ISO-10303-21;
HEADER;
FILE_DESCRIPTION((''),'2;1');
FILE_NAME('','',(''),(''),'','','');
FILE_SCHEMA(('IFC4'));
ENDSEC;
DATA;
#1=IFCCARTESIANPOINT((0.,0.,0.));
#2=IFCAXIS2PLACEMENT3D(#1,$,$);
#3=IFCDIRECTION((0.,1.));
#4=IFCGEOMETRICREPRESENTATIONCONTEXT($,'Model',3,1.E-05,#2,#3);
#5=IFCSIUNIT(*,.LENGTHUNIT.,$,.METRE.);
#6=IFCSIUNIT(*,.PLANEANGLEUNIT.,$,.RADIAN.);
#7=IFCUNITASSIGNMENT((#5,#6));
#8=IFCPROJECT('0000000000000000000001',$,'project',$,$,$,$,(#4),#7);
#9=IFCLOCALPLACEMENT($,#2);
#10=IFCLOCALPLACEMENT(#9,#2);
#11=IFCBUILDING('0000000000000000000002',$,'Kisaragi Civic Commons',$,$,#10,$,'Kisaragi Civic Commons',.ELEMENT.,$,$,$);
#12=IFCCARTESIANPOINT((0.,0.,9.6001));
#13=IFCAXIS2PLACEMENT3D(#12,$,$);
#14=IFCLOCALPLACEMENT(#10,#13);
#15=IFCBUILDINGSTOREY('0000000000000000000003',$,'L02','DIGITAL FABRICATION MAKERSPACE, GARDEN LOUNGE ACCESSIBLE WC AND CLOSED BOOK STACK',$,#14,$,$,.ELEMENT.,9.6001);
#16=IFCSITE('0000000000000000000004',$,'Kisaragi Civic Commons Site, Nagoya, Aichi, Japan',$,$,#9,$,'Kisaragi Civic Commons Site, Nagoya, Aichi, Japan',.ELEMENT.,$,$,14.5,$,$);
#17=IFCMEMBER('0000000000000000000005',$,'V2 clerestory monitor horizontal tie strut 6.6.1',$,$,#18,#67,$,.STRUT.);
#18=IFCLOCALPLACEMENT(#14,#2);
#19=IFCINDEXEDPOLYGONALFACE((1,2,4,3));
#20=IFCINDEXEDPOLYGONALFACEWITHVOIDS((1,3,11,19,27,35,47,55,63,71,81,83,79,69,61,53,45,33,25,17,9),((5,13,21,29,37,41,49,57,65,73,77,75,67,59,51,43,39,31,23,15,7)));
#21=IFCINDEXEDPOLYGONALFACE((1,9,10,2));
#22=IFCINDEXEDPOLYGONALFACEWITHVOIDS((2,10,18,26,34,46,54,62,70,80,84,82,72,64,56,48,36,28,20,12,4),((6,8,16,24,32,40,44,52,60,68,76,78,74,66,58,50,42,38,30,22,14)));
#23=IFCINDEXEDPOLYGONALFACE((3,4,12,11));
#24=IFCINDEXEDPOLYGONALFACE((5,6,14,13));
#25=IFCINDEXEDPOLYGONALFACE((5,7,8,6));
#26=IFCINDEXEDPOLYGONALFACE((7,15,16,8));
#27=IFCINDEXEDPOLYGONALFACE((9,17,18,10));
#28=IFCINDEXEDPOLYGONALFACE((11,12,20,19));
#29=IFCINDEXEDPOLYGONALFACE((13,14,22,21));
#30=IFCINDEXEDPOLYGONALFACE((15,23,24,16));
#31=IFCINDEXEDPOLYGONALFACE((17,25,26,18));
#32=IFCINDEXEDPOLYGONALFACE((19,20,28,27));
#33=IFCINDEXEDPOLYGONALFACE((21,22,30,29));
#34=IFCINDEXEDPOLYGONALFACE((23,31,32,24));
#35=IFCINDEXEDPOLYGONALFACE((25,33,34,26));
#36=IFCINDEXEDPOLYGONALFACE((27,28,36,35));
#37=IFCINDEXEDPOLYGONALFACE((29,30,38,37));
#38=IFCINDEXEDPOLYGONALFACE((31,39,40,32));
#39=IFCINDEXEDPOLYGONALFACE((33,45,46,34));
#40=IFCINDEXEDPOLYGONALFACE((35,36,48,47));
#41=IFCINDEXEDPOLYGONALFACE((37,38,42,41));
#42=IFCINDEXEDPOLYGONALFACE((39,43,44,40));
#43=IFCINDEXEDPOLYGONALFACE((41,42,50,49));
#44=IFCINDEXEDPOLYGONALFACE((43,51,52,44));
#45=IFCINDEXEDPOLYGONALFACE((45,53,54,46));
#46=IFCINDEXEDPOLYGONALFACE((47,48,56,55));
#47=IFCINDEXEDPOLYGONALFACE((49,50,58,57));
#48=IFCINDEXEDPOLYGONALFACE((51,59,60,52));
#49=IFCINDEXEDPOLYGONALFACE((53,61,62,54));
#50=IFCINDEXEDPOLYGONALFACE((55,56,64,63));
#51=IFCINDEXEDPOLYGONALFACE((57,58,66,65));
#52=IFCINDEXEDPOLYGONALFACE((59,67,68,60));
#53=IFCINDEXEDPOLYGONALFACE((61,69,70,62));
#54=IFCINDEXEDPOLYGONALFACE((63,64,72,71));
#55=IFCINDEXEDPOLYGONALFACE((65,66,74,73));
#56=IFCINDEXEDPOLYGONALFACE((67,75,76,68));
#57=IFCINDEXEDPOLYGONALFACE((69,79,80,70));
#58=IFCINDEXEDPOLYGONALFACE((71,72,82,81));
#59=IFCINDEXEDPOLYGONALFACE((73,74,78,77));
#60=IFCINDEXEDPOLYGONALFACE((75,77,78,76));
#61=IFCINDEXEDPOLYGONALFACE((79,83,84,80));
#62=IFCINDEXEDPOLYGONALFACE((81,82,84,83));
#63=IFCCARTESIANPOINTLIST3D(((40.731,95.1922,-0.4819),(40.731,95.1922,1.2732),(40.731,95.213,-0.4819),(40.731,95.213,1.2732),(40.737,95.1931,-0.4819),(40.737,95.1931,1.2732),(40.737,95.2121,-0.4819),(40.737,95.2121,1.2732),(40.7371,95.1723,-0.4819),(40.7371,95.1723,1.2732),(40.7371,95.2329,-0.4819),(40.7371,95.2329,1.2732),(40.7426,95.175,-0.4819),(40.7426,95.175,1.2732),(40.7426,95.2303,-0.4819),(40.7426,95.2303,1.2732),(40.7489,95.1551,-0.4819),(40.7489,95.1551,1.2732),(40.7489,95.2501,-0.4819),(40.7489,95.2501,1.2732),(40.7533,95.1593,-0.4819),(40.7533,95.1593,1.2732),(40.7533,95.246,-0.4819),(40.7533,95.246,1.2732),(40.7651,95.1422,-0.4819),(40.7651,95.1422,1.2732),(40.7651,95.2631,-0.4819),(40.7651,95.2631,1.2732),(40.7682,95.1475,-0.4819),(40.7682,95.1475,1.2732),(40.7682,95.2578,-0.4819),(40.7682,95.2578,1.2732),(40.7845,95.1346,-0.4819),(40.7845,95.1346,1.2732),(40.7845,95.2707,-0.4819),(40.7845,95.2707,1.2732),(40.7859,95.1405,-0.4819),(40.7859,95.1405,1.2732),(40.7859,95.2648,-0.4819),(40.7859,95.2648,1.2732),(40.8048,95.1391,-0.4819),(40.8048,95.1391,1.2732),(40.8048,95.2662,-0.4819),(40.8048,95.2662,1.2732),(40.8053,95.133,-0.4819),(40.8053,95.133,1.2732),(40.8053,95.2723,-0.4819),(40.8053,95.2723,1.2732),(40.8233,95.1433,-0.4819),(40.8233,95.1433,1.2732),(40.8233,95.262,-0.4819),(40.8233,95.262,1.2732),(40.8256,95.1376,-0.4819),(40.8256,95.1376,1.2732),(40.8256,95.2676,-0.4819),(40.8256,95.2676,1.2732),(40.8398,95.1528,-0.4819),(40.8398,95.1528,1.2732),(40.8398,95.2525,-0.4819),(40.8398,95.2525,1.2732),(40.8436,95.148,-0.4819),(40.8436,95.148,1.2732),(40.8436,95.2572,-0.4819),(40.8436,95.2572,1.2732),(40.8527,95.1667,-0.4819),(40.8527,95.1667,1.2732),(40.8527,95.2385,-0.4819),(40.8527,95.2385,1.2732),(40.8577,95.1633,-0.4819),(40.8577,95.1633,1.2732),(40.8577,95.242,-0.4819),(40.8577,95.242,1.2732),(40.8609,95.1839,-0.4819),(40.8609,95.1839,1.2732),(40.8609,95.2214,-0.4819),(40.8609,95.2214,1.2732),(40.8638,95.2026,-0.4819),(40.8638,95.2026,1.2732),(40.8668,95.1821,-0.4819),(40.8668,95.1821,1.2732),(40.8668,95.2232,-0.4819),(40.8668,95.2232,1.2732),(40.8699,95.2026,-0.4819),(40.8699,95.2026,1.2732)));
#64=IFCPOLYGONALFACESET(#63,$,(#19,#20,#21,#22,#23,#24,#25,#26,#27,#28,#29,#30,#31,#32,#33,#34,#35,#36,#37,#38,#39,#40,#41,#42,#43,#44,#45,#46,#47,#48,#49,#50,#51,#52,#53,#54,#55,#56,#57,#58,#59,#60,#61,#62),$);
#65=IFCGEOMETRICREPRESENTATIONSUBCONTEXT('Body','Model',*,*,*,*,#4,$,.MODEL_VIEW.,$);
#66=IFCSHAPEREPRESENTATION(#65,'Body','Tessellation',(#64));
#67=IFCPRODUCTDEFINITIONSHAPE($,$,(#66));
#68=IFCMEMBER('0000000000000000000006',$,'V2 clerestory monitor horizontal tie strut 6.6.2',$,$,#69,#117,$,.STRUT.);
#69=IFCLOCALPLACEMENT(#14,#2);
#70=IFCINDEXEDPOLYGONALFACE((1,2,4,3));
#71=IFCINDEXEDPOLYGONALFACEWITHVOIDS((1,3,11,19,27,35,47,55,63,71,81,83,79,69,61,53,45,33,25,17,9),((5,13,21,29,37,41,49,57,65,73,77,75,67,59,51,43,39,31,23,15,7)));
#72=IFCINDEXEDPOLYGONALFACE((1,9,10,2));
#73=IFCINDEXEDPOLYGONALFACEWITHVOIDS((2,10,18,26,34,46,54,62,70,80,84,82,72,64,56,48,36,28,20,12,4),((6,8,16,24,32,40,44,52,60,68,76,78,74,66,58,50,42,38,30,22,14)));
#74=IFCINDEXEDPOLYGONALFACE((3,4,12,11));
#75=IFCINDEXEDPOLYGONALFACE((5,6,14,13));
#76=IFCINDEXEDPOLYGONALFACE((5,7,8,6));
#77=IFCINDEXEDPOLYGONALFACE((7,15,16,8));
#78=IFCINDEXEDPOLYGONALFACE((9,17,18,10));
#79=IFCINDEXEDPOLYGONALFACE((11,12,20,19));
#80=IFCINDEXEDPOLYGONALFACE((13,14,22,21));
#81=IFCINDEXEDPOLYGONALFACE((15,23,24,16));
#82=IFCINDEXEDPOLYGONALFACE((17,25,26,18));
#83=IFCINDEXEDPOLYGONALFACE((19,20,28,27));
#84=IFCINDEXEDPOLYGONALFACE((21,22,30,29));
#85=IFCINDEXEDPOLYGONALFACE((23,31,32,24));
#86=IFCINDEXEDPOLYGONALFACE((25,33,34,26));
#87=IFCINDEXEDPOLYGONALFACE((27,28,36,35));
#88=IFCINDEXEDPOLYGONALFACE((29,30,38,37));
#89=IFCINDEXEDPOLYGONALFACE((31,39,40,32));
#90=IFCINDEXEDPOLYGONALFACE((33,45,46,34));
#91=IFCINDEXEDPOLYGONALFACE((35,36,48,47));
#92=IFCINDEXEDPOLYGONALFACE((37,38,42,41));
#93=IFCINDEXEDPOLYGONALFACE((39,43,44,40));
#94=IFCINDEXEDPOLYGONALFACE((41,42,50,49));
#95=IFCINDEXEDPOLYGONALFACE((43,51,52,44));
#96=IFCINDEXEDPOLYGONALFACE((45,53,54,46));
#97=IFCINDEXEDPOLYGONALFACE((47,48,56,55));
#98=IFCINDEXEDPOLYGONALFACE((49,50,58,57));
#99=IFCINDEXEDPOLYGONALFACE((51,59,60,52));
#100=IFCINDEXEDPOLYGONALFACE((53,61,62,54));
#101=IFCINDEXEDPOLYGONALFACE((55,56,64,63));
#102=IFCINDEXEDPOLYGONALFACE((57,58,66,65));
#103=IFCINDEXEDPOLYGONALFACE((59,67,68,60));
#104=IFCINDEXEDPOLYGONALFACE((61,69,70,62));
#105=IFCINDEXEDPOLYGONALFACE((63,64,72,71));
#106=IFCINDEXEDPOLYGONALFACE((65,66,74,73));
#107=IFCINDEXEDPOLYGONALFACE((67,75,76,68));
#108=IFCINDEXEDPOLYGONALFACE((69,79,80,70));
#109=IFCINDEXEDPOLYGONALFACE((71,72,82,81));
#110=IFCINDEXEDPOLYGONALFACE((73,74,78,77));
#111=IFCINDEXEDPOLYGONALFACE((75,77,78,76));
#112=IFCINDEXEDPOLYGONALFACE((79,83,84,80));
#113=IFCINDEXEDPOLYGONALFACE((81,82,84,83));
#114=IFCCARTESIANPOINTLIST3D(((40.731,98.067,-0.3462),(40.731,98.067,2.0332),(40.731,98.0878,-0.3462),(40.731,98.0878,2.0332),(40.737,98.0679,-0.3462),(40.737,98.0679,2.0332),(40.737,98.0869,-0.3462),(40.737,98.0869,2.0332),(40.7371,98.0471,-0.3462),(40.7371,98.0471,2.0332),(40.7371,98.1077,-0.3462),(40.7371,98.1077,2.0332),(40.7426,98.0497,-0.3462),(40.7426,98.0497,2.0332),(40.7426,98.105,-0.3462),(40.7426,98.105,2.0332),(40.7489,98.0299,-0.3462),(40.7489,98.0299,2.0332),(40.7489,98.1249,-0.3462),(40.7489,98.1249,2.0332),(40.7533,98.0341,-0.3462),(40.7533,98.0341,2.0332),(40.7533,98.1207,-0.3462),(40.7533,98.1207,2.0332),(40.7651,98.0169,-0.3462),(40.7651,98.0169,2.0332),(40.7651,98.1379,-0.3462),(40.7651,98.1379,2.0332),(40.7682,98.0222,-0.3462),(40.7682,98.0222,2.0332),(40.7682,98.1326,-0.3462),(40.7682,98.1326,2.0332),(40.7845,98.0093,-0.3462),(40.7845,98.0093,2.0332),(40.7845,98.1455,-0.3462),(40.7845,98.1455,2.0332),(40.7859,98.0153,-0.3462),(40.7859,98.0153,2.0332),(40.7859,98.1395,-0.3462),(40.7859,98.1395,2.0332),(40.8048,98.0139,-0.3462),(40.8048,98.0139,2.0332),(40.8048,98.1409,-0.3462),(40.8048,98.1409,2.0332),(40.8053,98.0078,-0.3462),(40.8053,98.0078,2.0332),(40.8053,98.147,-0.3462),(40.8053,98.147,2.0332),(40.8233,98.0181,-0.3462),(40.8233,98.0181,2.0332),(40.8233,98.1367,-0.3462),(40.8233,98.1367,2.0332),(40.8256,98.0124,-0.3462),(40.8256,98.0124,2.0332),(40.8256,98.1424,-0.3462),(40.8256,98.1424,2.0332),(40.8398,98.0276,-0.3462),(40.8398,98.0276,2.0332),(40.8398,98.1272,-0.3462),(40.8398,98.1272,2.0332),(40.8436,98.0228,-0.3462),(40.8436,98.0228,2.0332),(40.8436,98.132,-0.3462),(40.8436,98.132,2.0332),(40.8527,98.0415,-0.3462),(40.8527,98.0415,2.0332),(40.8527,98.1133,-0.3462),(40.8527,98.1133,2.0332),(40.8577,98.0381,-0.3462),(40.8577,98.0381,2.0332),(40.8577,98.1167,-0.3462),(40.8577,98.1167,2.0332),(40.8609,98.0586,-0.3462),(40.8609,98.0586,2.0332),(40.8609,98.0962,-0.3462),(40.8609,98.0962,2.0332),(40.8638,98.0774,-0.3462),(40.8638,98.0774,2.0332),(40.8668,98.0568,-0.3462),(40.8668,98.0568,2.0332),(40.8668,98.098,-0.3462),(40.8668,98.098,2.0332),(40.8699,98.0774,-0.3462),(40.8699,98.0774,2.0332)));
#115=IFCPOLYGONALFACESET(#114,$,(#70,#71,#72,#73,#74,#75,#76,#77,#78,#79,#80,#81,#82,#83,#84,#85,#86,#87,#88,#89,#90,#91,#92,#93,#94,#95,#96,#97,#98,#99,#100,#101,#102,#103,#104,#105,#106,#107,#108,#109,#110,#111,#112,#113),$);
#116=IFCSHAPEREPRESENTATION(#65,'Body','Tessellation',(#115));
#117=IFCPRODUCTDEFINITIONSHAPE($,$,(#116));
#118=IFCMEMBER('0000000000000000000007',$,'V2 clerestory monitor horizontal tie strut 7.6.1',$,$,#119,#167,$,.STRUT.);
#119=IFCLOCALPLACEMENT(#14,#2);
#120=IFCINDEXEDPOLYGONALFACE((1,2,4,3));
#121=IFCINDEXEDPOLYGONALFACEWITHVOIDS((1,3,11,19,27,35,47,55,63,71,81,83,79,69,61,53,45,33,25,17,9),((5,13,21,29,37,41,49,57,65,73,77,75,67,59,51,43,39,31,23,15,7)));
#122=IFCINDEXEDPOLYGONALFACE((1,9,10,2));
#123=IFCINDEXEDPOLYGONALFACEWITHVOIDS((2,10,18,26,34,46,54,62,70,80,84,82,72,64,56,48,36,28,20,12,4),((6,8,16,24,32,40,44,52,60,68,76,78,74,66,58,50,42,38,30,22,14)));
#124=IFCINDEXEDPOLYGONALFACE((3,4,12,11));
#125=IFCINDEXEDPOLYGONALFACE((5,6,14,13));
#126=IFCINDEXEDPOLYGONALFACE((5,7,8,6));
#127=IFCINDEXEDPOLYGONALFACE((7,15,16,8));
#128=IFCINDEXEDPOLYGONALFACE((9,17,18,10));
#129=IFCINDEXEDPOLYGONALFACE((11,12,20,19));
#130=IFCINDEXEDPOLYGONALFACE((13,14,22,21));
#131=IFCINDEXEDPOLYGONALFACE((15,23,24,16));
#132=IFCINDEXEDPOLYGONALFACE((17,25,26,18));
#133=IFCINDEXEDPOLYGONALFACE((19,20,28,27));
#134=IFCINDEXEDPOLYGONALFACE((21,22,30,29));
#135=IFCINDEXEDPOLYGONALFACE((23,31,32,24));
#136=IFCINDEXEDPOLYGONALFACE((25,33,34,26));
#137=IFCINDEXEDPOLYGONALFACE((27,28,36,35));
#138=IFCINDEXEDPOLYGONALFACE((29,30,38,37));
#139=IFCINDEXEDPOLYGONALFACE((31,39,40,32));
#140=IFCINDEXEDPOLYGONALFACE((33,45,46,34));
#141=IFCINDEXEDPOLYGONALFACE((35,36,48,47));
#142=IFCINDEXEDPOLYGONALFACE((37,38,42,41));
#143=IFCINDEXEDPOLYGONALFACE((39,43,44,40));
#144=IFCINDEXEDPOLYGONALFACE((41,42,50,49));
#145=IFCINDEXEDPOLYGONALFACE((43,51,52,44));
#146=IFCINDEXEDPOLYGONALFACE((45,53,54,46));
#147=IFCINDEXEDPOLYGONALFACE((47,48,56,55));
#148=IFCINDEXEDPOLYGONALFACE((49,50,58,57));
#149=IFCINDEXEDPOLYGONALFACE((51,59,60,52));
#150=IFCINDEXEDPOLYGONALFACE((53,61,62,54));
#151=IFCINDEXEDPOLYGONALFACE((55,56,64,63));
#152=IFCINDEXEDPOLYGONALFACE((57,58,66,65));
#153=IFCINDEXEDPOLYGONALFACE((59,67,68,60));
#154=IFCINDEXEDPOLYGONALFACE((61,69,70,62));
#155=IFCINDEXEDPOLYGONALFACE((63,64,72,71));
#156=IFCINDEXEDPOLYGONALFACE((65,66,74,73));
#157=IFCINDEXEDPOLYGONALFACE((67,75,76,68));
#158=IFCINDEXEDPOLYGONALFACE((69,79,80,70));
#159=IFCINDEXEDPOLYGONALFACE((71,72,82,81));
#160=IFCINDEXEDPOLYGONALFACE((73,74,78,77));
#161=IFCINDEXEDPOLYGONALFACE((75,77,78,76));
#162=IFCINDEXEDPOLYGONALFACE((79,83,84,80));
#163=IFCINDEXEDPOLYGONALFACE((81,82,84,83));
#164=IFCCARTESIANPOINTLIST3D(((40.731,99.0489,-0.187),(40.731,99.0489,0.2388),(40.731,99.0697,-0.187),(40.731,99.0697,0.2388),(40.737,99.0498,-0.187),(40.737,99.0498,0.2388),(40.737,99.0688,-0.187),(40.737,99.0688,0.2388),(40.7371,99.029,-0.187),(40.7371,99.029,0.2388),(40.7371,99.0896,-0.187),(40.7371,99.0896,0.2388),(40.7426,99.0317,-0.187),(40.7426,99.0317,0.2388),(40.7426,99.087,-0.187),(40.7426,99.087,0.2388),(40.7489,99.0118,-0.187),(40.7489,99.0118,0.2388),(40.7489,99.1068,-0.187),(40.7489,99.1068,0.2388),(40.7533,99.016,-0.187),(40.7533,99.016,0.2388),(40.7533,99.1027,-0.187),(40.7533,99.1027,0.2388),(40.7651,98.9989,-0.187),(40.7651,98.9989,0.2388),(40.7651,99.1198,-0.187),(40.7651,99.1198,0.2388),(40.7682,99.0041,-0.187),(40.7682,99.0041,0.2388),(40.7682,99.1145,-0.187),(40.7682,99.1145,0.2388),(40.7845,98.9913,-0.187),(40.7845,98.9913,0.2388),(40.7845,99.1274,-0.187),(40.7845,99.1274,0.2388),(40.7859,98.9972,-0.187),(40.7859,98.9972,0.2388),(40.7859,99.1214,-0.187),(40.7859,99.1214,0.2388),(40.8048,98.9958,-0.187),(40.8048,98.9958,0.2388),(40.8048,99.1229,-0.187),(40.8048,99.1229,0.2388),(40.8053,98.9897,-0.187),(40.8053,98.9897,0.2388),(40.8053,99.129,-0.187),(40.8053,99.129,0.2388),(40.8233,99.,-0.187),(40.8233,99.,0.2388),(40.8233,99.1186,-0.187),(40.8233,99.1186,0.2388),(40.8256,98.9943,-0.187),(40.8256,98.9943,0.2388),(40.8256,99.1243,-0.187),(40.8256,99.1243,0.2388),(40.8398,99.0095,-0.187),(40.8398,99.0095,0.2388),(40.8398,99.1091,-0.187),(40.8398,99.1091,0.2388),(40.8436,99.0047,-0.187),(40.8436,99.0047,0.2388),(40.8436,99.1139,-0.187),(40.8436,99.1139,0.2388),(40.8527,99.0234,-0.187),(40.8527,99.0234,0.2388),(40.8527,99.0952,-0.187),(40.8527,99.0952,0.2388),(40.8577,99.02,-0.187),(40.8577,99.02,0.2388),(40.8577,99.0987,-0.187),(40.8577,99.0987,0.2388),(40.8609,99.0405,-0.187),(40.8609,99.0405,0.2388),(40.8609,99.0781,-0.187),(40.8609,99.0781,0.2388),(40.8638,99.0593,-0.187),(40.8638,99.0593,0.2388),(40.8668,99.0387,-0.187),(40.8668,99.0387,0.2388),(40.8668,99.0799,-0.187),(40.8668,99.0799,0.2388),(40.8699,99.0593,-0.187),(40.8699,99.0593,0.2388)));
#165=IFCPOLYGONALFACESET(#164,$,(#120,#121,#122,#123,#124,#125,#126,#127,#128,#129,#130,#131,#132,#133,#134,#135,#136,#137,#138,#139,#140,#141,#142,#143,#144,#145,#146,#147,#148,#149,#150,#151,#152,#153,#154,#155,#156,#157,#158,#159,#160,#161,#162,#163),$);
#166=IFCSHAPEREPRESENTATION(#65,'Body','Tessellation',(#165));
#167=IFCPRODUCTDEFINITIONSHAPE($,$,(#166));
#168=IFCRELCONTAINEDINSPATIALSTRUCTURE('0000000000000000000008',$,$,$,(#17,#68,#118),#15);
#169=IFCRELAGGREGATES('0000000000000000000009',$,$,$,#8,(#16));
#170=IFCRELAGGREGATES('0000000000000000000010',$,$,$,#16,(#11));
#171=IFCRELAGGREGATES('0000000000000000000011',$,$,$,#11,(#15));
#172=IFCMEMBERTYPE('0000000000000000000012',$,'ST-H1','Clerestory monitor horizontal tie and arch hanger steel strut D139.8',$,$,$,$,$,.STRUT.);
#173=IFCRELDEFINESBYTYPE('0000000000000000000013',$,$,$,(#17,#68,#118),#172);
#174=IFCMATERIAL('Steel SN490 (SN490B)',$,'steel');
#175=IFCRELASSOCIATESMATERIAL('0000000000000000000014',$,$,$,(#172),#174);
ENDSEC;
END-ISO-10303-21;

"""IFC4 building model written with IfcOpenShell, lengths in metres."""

from ifc_helpers import new_model, si_unit, direction, frame, origin, origin_2d, place, context, subcontext, project, spatial, hollow_circle, extrude, material, material_profile, profile_set, type_object, element, save


model = new_model("IFC4")

# Units and contexts
model_context = context("Model", 3, precision=1e-05, world=origin(), true_north=direction((0.0, 1.0)))
body_context = subcontext(model_context, "Body", "Model", "MODEL_VIEW")
ifc_project = project(units=[si_unit("LENGTHUNIT", "METRE"), si_unit("PLANEANGLEUNIT", "RADIAN")], contexts=[model_context])

# Site, building, storey
site_placement = place(None, origin())
site = spatial("IfcSite", under=ifc_project, at=site_placement, Name="Kisaragi Civic Commons Site, Nagoya, Aichi, Japan", LongName="Kisaragi Civic Commons Site, Nagoya, Aichi, Japan", CompositionType="ELEMENT", RefElevation=14.5)
building_placement = place(site_placement, origin())
building = spatial("IfcBuilding", under=site, at=building_placement, Name="Kisaragi Civic Commons", LongName="Kisaragi Civic Commons", CompositionType="ELEMENT")
storey_placement = place(building_placement, frame((0.0, 0.0, 9.6001)))
storey = spatial("IfcBuildingStorey", under=building, at=storey_placement, Name="L02", Description="DIGITAL FABRICATION MAKERSPACE, GARDEN LOUNGE ACCESSIBLE WC AND CLOSED BOOK STACK", CompositionType="ELEMENT", Elevation=9.6001)

# Members
ifc_material_1 = material(Name="Steel SN490 (SN490B)", Category="steel")
ifc_material_profile_1 = material_profile(ifc_material_1, hollow_circle(Radius=0.0698, WallThickness=0.0061, at=origin_2d()), Name="CHS-139.8x6.0", Category="steel")
ifc_profile_set_1 = profile_set([ifc_material_profile_1], Name="Steel SN490 (SN490B)")
member_type_1 = type_object("IfcMemberType", Name="ST-H1", Description="Clerestory monitor horizontal tie and arch hanger steel strut D139.8", PredefinedType="STRUT", material=ifc_profile_set_1)
member_1_placement = place(storey_placement, frame((40.8, 95.2026, -0.4819), z_axis=(0.0, 0.0, 1.0), x_axis=(1.0, 0.0, 0.0)))
element("IfcMember", 1, at=member_1_placement, inside=storey, type_object=member_type_1, Name="V2 clerestory monitor horizontal tie strut 6.6.1", PredefinedType="STRUT", context=body_context, shape_type="SweptSolid", body=[
    extrude(hollow_circle(Radius=0.0698, WallThickness=0.0061, at=origin_2d()), origin(), (0.0, 0.0, 1.0), 1.7551),
])
member_2_placement = place(storey_placement, frame((40.8, 98.0774, -0.3462), z_axis=(0.0, 0.0, 1.0), x_axis=(1.0, 0.0, 0.0)))
element("IfcMember", 2, at=member_2_placement, inside=storey, type_object=member_type_1, Name="V2 clerestory monitor horizontal tie strut 6.6.2", PredefinedType="STRUT", context=body_context, shape_type="SweptSolid", body=[
    extrude(hollow_circle(Radius=0.0698, WallThickness=0.0061, at=origin_2d()), origin(), (0.0, 0.0, 1.0), 2.3794),
])
member_3_placement = place(storey_placement, frame((40.8, 99.0593, -0.187), z_axis=(0.0, 0.0, 1.0), x_axis=(1.0, 0.0, 0.0)))
element("IfcMember", 3, at=member_3_placement, inside=storey, type_object=member_type_1, Name="V2 clerestory monitor horizontal tie strut 7.6.1", PredefinedType="STRUT", context=body_context, shape_type="SweptSolid", body=[
    extrude(hollow_circle(Radius=0.0698, WallThickness=0.0061, at=origin_2d()), origin(), (0.0, 0.0, 1.0), 0.4258),
])

save(model, "model.ifc")
